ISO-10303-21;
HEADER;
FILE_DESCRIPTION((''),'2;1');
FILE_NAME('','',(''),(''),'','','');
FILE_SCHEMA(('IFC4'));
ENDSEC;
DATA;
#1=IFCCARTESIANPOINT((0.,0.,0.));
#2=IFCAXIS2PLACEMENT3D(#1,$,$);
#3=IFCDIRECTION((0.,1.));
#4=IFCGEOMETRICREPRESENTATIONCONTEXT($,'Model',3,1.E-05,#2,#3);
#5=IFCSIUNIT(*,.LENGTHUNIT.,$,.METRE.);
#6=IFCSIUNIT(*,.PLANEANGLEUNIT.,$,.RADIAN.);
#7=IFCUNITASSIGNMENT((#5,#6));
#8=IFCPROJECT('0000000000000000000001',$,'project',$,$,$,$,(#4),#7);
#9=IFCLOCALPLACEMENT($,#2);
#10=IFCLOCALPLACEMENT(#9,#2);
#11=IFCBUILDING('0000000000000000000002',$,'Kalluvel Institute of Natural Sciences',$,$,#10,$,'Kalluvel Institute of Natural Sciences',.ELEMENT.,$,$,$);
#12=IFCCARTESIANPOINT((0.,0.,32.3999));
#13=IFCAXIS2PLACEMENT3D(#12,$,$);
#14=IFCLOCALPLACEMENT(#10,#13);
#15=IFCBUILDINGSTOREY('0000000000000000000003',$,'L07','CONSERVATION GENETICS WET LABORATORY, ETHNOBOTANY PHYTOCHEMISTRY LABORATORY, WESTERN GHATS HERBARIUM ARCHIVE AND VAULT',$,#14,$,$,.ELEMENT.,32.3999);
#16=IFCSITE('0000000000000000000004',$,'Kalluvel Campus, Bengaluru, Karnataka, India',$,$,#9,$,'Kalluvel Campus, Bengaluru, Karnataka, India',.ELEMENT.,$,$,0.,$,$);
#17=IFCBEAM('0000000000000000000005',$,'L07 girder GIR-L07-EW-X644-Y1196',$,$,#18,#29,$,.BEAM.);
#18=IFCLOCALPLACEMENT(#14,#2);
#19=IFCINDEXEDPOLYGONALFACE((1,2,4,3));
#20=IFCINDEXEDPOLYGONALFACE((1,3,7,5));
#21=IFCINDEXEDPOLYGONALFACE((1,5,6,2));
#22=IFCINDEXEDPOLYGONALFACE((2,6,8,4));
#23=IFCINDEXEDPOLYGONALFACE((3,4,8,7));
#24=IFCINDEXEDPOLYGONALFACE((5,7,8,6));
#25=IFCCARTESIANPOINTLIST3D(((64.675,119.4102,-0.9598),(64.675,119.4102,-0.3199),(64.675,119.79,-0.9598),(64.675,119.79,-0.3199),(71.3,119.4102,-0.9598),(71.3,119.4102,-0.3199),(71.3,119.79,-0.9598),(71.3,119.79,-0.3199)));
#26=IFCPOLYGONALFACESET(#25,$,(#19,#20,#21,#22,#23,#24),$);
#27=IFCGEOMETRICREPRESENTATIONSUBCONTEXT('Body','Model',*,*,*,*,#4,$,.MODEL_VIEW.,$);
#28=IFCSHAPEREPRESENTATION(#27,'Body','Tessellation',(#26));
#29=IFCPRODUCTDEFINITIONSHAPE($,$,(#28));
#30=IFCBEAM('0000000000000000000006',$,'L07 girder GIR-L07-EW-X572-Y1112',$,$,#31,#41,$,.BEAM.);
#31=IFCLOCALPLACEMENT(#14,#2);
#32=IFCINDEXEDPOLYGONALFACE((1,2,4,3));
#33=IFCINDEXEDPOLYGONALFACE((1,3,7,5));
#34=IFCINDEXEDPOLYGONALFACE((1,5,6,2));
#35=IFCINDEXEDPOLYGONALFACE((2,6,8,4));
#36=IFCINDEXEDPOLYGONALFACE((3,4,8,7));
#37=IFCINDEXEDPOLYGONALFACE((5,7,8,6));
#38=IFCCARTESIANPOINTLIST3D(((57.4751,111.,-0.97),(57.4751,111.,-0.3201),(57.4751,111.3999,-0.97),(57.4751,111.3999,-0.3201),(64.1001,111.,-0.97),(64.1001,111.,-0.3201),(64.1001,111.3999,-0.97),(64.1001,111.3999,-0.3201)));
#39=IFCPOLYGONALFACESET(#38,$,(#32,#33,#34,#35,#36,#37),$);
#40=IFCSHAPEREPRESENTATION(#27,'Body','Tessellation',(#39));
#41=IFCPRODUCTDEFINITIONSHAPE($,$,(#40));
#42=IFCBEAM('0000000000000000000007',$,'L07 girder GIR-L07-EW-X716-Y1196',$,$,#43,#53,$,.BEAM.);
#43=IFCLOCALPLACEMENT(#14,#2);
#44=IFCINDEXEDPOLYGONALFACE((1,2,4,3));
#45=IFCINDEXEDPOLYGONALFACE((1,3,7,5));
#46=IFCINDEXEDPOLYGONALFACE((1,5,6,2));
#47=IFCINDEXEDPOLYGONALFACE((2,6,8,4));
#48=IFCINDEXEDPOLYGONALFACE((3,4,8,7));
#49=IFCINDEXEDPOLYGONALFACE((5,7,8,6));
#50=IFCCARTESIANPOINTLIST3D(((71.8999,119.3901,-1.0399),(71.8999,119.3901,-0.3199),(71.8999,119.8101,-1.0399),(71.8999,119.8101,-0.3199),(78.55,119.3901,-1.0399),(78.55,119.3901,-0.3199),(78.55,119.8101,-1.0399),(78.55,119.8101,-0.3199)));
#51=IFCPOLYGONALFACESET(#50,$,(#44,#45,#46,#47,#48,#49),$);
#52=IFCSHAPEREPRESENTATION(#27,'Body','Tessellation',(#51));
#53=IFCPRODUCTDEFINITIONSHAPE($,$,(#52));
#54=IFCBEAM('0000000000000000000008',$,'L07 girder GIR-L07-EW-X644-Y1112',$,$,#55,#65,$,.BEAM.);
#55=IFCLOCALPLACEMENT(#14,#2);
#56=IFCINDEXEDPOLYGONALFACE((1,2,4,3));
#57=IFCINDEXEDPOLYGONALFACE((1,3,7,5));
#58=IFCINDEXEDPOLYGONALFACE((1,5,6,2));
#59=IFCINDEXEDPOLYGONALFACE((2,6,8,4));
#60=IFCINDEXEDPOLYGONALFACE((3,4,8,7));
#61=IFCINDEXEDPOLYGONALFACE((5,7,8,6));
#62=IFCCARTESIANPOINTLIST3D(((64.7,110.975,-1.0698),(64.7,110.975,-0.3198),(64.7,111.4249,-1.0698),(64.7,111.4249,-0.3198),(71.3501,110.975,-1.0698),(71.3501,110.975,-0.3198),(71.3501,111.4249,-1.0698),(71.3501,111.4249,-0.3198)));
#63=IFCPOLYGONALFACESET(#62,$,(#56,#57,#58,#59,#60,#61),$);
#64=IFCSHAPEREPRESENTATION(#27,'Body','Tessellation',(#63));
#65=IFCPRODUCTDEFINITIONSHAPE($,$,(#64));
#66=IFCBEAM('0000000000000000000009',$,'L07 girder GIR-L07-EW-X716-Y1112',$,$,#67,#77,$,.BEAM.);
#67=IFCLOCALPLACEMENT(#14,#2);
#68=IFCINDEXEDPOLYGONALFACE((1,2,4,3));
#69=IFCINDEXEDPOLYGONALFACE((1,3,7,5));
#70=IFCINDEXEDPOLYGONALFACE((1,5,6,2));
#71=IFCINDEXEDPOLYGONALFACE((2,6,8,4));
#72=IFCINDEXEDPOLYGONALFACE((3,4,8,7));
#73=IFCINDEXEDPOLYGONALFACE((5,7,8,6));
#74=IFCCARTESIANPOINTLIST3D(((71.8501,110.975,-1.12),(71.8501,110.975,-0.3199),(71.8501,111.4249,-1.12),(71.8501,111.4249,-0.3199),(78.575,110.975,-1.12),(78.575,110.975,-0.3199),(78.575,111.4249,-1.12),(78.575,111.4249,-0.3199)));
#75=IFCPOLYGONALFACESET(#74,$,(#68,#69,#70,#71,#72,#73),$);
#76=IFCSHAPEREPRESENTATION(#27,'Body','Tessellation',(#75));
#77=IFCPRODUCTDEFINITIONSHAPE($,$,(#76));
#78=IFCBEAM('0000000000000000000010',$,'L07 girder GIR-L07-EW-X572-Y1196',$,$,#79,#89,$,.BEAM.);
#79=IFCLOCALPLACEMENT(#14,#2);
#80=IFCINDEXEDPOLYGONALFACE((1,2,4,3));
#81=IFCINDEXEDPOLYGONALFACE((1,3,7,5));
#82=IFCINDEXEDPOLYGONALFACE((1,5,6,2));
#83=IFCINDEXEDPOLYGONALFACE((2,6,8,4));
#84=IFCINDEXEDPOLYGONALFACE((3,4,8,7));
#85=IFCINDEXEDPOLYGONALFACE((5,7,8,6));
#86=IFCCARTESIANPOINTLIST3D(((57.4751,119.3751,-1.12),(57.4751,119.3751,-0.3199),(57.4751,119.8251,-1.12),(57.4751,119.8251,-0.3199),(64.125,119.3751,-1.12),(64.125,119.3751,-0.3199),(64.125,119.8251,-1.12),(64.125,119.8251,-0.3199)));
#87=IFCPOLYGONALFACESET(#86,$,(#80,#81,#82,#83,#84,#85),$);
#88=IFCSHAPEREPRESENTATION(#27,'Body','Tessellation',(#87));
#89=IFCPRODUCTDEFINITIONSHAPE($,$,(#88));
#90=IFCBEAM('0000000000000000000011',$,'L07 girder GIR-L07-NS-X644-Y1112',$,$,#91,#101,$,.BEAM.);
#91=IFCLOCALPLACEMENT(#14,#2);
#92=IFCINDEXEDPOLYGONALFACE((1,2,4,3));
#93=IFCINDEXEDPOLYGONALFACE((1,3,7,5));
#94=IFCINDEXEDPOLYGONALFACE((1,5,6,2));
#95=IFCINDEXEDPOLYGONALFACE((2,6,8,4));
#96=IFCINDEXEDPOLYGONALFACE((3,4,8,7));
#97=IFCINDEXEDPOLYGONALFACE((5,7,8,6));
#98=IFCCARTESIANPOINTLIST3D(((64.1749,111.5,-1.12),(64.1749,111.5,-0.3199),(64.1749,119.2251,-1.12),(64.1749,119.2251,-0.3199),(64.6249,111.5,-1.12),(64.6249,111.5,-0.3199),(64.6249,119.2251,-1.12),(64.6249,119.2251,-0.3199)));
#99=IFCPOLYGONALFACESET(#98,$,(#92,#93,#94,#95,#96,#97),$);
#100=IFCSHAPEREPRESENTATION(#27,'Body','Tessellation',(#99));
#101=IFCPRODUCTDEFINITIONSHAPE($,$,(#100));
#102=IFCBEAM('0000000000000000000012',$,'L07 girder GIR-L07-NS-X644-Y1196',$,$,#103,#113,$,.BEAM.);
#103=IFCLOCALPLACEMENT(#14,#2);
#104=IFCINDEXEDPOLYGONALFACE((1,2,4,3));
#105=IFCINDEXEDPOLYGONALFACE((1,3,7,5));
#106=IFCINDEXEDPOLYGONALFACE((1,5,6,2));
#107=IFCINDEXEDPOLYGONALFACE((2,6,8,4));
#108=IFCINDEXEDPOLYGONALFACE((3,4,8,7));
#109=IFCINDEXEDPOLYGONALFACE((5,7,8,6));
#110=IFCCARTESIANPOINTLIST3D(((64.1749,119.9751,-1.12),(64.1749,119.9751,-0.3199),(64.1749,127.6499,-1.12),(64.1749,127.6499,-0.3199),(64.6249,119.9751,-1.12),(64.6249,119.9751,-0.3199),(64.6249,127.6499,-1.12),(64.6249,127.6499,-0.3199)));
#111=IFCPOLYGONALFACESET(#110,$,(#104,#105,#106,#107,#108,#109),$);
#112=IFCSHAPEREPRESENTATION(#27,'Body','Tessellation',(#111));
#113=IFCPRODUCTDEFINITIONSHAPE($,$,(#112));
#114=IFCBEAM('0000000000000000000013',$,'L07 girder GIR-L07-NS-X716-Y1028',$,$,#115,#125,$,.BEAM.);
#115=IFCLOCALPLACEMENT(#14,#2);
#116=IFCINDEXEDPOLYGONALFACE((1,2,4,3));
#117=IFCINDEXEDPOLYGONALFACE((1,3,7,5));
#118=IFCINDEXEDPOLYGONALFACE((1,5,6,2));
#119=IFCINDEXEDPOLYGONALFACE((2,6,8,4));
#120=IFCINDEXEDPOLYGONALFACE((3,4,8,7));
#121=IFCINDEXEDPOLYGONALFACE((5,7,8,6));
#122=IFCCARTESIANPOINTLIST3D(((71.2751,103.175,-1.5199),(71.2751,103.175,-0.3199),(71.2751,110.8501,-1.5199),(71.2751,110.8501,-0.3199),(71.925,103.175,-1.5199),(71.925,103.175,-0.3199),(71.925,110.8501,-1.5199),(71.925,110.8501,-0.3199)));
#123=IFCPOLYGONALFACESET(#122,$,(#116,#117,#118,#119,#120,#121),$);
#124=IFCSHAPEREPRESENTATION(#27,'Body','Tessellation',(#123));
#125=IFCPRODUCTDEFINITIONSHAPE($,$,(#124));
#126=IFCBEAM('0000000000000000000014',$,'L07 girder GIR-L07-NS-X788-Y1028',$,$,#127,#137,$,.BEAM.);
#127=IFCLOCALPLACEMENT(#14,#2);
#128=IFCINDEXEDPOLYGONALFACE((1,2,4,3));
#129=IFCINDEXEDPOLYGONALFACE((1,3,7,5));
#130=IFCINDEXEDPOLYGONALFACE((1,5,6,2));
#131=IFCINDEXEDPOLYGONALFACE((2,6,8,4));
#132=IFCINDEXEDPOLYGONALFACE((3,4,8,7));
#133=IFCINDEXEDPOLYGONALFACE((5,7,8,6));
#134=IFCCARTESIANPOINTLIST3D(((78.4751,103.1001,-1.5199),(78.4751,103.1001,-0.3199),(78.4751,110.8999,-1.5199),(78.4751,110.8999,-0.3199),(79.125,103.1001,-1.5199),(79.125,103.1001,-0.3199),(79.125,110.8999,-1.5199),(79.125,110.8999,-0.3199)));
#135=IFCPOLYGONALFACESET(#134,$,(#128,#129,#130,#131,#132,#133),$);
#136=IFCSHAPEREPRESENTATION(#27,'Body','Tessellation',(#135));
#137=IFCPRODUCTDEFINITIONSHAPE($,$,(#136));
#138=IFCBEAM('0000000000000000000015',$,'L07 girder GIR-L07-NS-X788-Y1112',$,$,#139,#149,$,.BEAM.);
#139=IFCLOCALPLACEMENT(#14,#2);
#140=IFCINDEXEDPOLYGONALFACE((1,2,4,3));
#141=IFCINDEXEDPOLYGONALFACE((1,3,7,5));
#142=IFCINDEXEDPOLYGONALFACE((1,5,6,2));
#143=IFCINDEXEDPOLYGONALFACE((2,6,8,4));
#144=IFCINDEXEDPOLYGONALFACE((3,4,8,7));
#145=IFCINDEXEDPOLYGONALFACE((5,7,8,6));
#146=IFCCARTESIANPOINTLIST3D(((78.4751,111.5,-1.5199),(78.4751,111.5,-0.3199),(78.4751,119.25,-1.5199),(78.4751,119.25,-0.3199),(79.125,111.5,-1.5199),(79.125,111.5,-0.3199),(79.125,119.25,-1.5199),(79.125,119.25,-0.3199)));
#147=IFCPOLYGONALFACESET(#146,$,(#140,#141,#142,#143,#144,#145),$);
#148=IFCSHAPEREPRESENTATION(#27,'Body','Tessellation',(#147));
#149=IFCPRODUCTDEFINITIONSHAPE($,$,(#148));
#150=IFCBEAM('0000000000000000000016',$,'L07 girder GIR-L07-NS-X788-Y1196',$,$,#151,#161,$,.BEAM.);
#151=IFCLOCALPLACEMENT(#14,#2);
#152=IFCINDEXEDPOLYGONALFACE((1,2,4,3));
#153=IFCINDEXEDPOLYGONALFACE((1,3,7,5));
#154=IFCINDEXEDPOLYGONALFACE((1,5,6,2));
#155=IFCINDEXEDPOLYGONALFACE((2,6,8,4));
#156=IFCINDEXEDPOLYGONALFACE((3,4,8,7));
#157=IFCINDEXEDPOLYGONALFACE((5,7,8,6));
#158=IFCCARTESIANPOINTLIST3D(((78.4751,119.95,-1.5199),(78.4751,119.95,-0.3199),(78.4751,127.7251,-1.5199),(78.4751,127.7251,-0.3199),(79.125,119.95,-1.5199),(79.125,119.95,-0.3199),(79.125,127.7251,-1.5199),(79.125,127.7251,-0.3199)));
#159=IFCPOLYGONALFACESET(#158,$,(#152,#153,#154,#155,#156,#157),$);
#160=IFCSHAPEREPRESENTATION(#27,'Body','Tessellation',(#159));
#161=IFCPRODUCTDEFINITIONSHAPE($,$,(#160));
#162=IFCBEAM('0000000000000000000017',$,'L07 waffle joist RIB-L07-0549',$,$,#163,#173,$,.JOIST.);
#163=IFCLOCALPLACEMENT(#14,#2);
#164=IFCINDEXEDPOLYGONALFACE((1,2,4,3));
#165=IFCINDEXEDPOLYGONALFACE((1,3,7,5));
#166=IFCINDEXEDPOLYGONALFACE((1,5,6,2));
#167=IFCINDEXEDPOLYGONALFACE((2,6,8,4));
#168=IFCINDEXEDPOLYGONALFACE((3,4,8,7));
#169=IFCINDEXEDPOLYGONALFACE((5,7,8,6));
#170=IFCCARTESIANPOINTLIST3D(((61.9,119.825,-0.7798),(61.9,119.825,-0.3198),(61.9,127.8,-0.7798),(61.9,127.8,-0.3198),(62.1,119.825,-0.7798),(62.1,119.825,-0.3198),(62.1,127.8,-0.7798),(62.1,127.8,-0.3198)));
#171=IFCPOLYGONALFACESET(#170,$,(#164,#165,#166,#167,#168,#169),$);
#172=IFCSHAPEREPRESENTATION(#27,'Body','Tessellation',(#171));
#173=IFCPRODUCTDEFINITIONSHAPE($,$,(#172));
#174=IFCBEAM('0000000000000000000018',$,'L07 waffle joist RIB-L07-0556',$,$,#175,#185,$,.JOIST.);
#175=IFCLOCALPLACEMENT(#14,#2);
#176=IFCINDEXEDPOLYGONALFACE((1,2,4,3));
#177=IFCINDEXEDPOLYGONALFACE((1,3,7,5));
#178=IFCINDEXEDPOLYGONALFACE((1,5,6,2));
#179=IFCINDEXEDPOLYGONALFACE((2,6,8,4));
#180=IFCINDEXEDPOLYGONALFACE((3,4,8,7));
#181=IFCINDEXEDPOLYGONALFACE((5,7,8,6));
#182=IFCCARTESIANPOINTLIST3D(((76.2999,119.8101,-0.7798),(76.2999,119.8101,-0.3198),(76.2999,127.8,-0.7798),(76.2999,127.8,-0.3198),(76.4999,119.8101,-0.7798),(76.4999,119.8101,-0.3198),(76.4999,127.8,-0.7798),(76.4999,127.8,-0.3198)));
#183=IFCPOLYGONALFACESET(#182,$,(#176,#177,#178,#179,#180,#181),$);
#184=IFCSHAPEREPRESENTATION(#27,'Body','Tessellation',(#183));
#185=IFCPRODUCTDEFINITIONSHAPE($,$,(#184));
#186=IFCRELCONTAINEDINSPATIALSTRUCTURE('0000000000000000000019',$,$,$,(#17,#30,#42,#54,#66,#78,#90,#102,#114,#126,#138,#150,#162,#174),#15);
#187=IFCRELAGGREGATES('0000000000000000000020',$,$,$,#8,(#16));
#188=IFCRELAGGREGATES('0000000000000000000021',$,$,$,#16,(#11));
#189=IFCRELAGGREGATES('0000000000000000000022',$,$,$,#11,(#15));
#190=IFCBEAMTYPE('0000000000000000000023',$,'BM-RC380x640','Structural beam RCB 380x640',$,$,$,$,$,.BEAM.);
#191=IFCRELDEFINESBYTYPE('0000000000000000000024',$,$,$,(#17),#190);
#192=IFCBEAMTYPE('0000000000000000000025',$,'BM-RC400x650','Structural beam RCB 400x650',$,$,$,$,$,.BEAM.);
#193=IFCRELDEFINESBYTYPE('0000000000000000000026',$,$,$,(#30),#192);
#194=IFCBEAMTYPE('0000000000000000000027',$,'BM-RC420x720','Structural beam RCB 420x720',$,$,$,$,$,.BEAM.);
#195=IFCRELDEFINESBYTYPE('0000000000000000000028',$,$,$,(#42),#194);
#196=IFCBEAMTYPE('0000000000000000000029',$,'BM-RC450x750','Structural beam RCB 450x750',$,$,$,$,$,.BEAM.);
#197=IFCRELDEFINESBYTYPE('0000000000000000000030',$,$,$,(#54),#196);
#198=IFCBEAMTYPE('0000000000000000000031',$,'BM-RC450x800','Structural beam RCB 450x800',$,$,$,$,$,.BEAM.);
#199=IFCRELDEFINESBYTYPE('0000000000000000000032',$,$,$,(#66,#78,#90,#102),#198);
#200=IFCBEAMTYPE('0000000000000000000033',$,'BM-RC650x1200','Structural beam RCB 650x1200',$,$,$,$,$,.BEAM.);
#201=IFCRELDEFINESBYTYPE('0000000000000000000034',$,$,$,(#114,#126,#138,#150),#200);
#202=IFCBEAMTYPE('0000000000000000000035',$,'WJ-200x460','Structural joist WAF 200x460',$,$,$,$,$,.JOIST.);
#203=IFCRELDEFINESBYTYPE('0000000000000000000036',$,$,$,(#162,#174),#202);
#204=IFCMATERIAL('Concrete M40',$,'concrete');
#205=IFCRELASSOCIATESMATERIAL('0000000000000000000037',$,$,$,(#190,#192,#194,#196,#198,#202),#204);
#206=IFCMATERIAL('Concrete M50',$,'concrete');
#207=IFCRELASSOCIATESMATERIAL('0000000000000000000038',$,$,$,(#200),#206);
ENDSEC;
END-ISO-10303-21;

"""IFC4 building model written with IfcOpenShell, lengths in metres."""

from ifc_helpers import new_model, si_unit, direction, frame, origin, origin_2d, place, context, subcontext, project, spatial, rectangle, extrude, material, material_profile, profile_set, type_object, element, save


model = new_model("IFC4")

# Units and contexts
model_context = context("Model", 3, precision=1e-05, world=origin(), true_north=direction((0.0, 1.0)))
body_context = subcontext(model_context, "Body", "Model", "MODEL_VIEW")
ifc_project = project(units=[si_unit("LENGTHUNIT", "METRE"), si_unit("PLANEANGLEUNIT", "RADIAN")], contexts=[model_context])

# Site, building, storey
site_placement = place(None, origin())
site = spatial("IfcSite", under=ifc_project, at=site_placement, Name="Kalluvel Campus, Bengaluru, Karnataka, India", LongName="Kalluvel Campus, Bengaluru, Karnataka, India", CompositionType="ELEMENT", RefElevation=0.0)
building_placement = place(site_placement, origin())
building = spatial("IfcBuilding", under=site, at=building_placement, Name="Kalluvel Institute of Natural Sciences", LongName="Kalluvel Institute of Natural Sciences", CompositionType="ELEMENT")
storey_placement = place(building_placement, frame((0.0, 0.0, 32.3999)))
storey = spatial("IfcBuildingStorey", under=building, at=storey_placement, Name="L07", Description="CONSERVATION GENETICS WET LABORATORY, ETHNOBOTANY PHYTOCHEMISTRY LABORATORY, WESTERN GHATS HERBARIUM ARCHIVE AND VAULT", CompositionType="ELEMENT", Elevation=32.3999)

# Shared definitions
ifc_material_1 = material(Name="Concrete M40", Category="concrete")

# Beams
ifc_material_profile_1 = material_profile(ifc_material_1, rectangle(XDim=0.3799, YDim=0.6399, at=origin_2d()), Name="RCB 380x640")
ifc_profile_set_1 = profile_set([ifc_material_profile_1], Name="Concrete M40")
beam_type_1 = type_object("IfcBeamType", Name="BM-RC380x640", Description="Structural beam RCB 380x640", PredefinedType="BEAM", material=ifc_profile_set_1)
beam_1_placement = place(storey_placement, frame((64.675, 119.6001, -0.6399), z_axis=(1.0, 0.0, 0.0), x_axis=(0.0, 1.0, 0.0)))
element("IfcBeam", 1, at=beam_1_placement, inside=storey, type_object=beam_type_1, Name="L07 girder GIR-L07-EW-X644-Y1196", PredefinedType="BEAM", context=body_context, shape_type="SweptSolid", body=[
    extrude(rectangle(XDim=0.3799, YDim=0.6399, at=origin_2d()), origin(), (0.0, 0.0, 1.0), 6.625),
])
ifc_material_profile_2 = material_profile(ifc_material_1, rectangle(XDim=0.3999, YDim=0.6499, at=origin_2d()), Name="RCB 400x650")
ifc_profile_set_2 = profile_set([ifc_material_profile_2], Name="Concrete M40")
beam_type_2 = type_object("IfcBeamType", Name="BM-RC400x650", Description="Structural beam RCB 400x650", PredefinedType="BEAM", material=ifc_profile_set_2)
beam_2_placement = place(storey_placement, frame((57.4751, 111.2, -0.645), z_axis=(1.0, 0.0, 0.0), x_axis=(0.0, 1.0, 0.0)))
element("IfcBeam", 2, at=beam_2_placement, inside=storey, type_object=beam_type_2, Name="L07 girder GIR-L07-EW-X572-Y1112", PredefinedType="BEAM", context=body_context, shape_type="SweptSolid", body=[
    extrude(rectangle(XDim=0.3999, YDim=0.6499, at=origin_2d()), origin(), (0.0, 0.0, 1.0), 6.625),
])
ifc_material_profile_3 = material_profile(ifc_material_1, rectangle(XDim=0.4199, YDim=0.72, at=origin_2d()), Name="RCB 420x720")
ifc_profile_set_3 = profile_set([ifc_material_profile_3], Name="Concrete M40")
beam_type_3 = type_object("IfcBeamType", Name="BM-RC420x720", Description="Structural beam RCB 420x720", PredefinedType="BEAM", material=ifc_profile_set_3)
beam_3_placement = place(storey_placement, frame((71.8999, 119.6001, -0.6799), z_axis=(1.0, 0.0, 0.0), x_axis=(0.0, 1.0, 0.0)))
element("IfcBeam", 3, at=beam_3_placement, inside=storey, type_object=beam_type_3, Name="L07 girder GIR-L07-EW-X716-Y1196", PredefinedType="BEAM", context=body_context, shape_type="SweptSolid", body=[
    extrude(rectangle(XDim=0.4199, YDim=0.72, at=origin_2d()), origin(), (0.0, 0.0, 1.0), 6.6501),
])
ifc_material_profile_4 = material_profile(ifc_material_1, rectangle(XDim=0.45, YDim=0.75, at=origin_2d()), Name="RCB 450x750")
ifc_profile_set_4 = profile_set([ifc_material_profile_4], Name="Concrete M40")
beam_type_4 = type_object("IfcBeamType", Name="BM-RC450x750", Description="Structural beam RCB 450x750", PredefinedType="BEAM", material=ifc_profile_set_4)
beam_4_placement = place(storey_placement, frame((64.7, 111.2, -0.6948), z_axis=(1.0, 0.0, 0.0), x_axis=(0.0, 1.0, 0.0)))
element("IfcBeam", 4, at=beam_4_placement, inside=storey, type_object=beam_type_4, Name="L07 girder GIR-L07-EW-X644-Y1112", PredefinedType="BEAM", context=body_context, shape_type="SweptSolid", body=[
    extrude(rectangle(XDim=0.45, YDim=0.75, at=origin_2d()), origin(), (0.0, 0.0, 1.0), 6.6501),
])
ifc_material_profile_5 = material_profile(ifc_material_1, rectangle(XDim=0.45, YDim=0.8, at=origin_2d()), Name="RCB 450x800")
ifc_profile_set_5 = profile_set([ifc_material_profile_5], Name="Concrete M40")
beam_type_5 = type_object("IfcBeamType", Name="BM-RC450x800", Description="Structural beam RCB 450x800", PredefinedType="BEAM", material=ifc_profile_set_5)
beam_5_placement = place(storey_placement, frame((71.8501, 111.2, -0.72), z_axis=(1.0, 0.0, 0.0), x_axis=(0.0, 1.0, 0.0)))
element("IfcBeam", 5, at=beam_5_placement, inside=storey, type_object=beam_type_5, Name="L07 girder GIR-L07-EW-X716-Y1112", PredefinedType="BEAM", context=body_context, shape_type="SweptSolid", body=[
    extrude(rectangle(XDim=0.45, YDim=0.8, at=origin_2d()), origin(), (0.0, 0.0, 1.0), 6.7249),
])
beam_6_placement = place(storey_placement, frame((57.4751, 119.6001, -0.72), z_axis=(1.0, 0.0, 0.0), x_axis=(0.0, 1.0, 0.0)))
element("IfcBeam", 6, at=beam_6_placement, inside=storey, type_object=beam_type_5, Name="L07 girder GIR-L07-EW-X572-Y1196", PredefinedType="BEAM", context=body_context, shape_type="SweptSolid", body=[
    extrude(rectangle(XDim=0.45, YDim=0.8, at=origin_2d()), origin(), (0.0, 0.0, 1.0), 6.6499),
])
beam_7_placement = place(storey_placement, frame((64.3999, 111.5, -0.72), z_axis=(0.0, 1.0, 0.0), x_axis=(-1.0, 0.0, 0.0)))
element("IfcBeam", 7, at=beam_7_placement, inside=storey, type_object=beam_type_5, Name="L07 girder GIR-L07-NS-X644-Y1112", PredefinedType="BEAM", context=body_context, shape_type="SweptSolid", body=[
    extrude(rectangle(XDim=0.45, YDim=0.8, at=origin_2d()), origin(), (0.0, 0.0, 1.0), 7.7251),
])
beam_8_placement = place(storey_placement, frame((64.3999, 119.9751, -0.72), z_axis=(0.0, 1.0, 0.0), x_axis=(-1.0, 0.0, 0.0)))
element("IfcBeam", 8, at=beam_8_placement, inside=storey, type_object=beam_type_5, Name="L07 girder GIR-L07-NS-X644-Y1196", PredefinedType="BEAM", context=body_context, shape_type="SweptSolid", body=[
    extrude(rectangle(XDim=0.45, YDim=0.8, at=origin_2d()), origin(), (0.0, 0.0, 1.0), 7.6748),
])
ifc_material_2 = material(Name="Concrete M50", Category="concrete")
ifc_material_profile_6 = material_profile(ifc_material_2, rectangle(XDim=0.6499, YDim=1.2, at=origin_2d()), Name="RCB 650x1200")
ifc_profile_set_6 = profile_set([ifc_material_profile_6], Name="Concrete M50")
beam_type_6 = type_object("IfcBeamType", Name="BM-RC650x1200", Description="Structural beam RCB 650x1200", PredefinedType="BEAM", material=ifc_profile_set_6)
beam_9_placement = place(storey_placement, frame((71.6001, 103.175, -0.9199), z_axis=(0.0, 1.0, 0.0), x_axis=(-1.0, 0.0, 0.0)))
element("IfcBeam", 9, at=beam_9_placement, inside=storey, type_object=beam_type_6, Name="L07 girder GIR-L07-NS-X716-Y1028", PredefinedType="BEAM", context=body_context, shape_type="SweptSolid", body=[
    extrude(rectangle(XDim=0.6499, YDim=1.2, at=origin_2d()), origin(), (0.0, 0.0, 1.0), 7.675),
])
beam_10_placement = place(storey_placement, frame((78.8, 103.1001, -0.9199), z_axis=(0.0, 1.0, 0.0), x_axis=(-1.0, 0.0, 0.0)))
element("IfcBeam", 10, at=beam_10_placement, inside=storey, type_object=beam_type_6, Name="L07 girder GIR-L07-NS-X788-Y1028", PredefinedType="BEAM", context=body_context, shape_type="SweptSolid", body=[
    extrude(rectangle(XDim=0.6499, YDim=1.2, at=origin_2d()), origin(), (0.0, 0.0, 1.0), 7.7998),
])
beam_11_placement = place(storey_placement, frame((78.8, 111.5, -0.9199), z_axis=(0.0, 1.0, 0.0), x_axis=(-1.0, 0.0, 0.0)))
element("IfcBeam", 11, at=beam_11_placement, inside=storey, type_object=beam_type_6, Name="L07 girder GIR-L07-NS-X788-Y1112", PredefinedType="BEAM", context=body_context, shape_type="SweptSolid", body=[
    extrude(rectangle(XDim=0.6499, YDim=1.2, at=origin_2d()), origin(), (0.0, 0.0, 1.0), 7.75),
])
beam_12_placement = place(storey_placement, frame((78.8, 119.95, -0.9199), z_axis=(0.0, 1.0, 0.0), x_axis=(-1.0, 0.0, 0.0)))
element("IfcBeam", 12, at=beam_12_placement, inside=storey, type_object=beam_type_6, Name="L07 girder GIR-L07-NS-X788-Y1196", PredefinedType="BEAM", context=body_context, shape_type="SweptSolid", body=[
    extrude(rectangle(XDim=0.6499, YDim=1.2, at=origin_2d()), origin(), (0.0, 0.0, 1.0), 7.7751),
])
ifc_material_profile_7 = material_profile(ifc_material_1, rectangle(XDim=0.2, YDim=0.46, at=origin_2d()), Name="WAF 200x460")
ifc_profile_set_7 = profile_set([ifc_material_profile_7], Name="Concrete M40")
beam_type_7 = type_object("IfcBeamType", Name="WJ-200x460", Description="Structural joist WAF 200x460", PredefinedType="JOIST", material=ifc_profile_set_7)
beam_13_placement = place(storey_placement, frame((62.0, 119.825, -0.5498), z_axis=(0.0, 1.0, 0.0), x_axis=(-1.0, 0.0, 0.0)))
element("IfcBeam", 13, at=beam_13_placement, inside=storey, type_object=beam_type_7, Name="L07 waffle joist RIB-L07-0549", PredefinedType="JOIST", context=body_context, shape_type="SweptSolid", body=[
    extrude(rectangle(XDim=0.2, YDim=0.46, at=origin_2d()), origin(), (0.0, 0.0, 1.0), 7.9751),
])
beam_14_placement = place(storey_placement, frame((76.3999, 119.8101, -0.5498), z_axis=(0.0, 1.0, 0.0), x_axis=(-1.0, 0.0, 0.0)))
element("IfcBeam", 14, at=beam_14_placement, inside=storey, type_object=beam_type_7, Name="L07 waffle joist RIB-L07-0556", PredefinedType="JOIST", context=body_context, shape_type="SweptSolid", body=[
    extrude(rectangle(XDim=0.2, YDim=0.46, at=origin_2d()), origin(), (0.0, 0.0, 1.0), 7.99),
])

save(model, "model.ifc")
